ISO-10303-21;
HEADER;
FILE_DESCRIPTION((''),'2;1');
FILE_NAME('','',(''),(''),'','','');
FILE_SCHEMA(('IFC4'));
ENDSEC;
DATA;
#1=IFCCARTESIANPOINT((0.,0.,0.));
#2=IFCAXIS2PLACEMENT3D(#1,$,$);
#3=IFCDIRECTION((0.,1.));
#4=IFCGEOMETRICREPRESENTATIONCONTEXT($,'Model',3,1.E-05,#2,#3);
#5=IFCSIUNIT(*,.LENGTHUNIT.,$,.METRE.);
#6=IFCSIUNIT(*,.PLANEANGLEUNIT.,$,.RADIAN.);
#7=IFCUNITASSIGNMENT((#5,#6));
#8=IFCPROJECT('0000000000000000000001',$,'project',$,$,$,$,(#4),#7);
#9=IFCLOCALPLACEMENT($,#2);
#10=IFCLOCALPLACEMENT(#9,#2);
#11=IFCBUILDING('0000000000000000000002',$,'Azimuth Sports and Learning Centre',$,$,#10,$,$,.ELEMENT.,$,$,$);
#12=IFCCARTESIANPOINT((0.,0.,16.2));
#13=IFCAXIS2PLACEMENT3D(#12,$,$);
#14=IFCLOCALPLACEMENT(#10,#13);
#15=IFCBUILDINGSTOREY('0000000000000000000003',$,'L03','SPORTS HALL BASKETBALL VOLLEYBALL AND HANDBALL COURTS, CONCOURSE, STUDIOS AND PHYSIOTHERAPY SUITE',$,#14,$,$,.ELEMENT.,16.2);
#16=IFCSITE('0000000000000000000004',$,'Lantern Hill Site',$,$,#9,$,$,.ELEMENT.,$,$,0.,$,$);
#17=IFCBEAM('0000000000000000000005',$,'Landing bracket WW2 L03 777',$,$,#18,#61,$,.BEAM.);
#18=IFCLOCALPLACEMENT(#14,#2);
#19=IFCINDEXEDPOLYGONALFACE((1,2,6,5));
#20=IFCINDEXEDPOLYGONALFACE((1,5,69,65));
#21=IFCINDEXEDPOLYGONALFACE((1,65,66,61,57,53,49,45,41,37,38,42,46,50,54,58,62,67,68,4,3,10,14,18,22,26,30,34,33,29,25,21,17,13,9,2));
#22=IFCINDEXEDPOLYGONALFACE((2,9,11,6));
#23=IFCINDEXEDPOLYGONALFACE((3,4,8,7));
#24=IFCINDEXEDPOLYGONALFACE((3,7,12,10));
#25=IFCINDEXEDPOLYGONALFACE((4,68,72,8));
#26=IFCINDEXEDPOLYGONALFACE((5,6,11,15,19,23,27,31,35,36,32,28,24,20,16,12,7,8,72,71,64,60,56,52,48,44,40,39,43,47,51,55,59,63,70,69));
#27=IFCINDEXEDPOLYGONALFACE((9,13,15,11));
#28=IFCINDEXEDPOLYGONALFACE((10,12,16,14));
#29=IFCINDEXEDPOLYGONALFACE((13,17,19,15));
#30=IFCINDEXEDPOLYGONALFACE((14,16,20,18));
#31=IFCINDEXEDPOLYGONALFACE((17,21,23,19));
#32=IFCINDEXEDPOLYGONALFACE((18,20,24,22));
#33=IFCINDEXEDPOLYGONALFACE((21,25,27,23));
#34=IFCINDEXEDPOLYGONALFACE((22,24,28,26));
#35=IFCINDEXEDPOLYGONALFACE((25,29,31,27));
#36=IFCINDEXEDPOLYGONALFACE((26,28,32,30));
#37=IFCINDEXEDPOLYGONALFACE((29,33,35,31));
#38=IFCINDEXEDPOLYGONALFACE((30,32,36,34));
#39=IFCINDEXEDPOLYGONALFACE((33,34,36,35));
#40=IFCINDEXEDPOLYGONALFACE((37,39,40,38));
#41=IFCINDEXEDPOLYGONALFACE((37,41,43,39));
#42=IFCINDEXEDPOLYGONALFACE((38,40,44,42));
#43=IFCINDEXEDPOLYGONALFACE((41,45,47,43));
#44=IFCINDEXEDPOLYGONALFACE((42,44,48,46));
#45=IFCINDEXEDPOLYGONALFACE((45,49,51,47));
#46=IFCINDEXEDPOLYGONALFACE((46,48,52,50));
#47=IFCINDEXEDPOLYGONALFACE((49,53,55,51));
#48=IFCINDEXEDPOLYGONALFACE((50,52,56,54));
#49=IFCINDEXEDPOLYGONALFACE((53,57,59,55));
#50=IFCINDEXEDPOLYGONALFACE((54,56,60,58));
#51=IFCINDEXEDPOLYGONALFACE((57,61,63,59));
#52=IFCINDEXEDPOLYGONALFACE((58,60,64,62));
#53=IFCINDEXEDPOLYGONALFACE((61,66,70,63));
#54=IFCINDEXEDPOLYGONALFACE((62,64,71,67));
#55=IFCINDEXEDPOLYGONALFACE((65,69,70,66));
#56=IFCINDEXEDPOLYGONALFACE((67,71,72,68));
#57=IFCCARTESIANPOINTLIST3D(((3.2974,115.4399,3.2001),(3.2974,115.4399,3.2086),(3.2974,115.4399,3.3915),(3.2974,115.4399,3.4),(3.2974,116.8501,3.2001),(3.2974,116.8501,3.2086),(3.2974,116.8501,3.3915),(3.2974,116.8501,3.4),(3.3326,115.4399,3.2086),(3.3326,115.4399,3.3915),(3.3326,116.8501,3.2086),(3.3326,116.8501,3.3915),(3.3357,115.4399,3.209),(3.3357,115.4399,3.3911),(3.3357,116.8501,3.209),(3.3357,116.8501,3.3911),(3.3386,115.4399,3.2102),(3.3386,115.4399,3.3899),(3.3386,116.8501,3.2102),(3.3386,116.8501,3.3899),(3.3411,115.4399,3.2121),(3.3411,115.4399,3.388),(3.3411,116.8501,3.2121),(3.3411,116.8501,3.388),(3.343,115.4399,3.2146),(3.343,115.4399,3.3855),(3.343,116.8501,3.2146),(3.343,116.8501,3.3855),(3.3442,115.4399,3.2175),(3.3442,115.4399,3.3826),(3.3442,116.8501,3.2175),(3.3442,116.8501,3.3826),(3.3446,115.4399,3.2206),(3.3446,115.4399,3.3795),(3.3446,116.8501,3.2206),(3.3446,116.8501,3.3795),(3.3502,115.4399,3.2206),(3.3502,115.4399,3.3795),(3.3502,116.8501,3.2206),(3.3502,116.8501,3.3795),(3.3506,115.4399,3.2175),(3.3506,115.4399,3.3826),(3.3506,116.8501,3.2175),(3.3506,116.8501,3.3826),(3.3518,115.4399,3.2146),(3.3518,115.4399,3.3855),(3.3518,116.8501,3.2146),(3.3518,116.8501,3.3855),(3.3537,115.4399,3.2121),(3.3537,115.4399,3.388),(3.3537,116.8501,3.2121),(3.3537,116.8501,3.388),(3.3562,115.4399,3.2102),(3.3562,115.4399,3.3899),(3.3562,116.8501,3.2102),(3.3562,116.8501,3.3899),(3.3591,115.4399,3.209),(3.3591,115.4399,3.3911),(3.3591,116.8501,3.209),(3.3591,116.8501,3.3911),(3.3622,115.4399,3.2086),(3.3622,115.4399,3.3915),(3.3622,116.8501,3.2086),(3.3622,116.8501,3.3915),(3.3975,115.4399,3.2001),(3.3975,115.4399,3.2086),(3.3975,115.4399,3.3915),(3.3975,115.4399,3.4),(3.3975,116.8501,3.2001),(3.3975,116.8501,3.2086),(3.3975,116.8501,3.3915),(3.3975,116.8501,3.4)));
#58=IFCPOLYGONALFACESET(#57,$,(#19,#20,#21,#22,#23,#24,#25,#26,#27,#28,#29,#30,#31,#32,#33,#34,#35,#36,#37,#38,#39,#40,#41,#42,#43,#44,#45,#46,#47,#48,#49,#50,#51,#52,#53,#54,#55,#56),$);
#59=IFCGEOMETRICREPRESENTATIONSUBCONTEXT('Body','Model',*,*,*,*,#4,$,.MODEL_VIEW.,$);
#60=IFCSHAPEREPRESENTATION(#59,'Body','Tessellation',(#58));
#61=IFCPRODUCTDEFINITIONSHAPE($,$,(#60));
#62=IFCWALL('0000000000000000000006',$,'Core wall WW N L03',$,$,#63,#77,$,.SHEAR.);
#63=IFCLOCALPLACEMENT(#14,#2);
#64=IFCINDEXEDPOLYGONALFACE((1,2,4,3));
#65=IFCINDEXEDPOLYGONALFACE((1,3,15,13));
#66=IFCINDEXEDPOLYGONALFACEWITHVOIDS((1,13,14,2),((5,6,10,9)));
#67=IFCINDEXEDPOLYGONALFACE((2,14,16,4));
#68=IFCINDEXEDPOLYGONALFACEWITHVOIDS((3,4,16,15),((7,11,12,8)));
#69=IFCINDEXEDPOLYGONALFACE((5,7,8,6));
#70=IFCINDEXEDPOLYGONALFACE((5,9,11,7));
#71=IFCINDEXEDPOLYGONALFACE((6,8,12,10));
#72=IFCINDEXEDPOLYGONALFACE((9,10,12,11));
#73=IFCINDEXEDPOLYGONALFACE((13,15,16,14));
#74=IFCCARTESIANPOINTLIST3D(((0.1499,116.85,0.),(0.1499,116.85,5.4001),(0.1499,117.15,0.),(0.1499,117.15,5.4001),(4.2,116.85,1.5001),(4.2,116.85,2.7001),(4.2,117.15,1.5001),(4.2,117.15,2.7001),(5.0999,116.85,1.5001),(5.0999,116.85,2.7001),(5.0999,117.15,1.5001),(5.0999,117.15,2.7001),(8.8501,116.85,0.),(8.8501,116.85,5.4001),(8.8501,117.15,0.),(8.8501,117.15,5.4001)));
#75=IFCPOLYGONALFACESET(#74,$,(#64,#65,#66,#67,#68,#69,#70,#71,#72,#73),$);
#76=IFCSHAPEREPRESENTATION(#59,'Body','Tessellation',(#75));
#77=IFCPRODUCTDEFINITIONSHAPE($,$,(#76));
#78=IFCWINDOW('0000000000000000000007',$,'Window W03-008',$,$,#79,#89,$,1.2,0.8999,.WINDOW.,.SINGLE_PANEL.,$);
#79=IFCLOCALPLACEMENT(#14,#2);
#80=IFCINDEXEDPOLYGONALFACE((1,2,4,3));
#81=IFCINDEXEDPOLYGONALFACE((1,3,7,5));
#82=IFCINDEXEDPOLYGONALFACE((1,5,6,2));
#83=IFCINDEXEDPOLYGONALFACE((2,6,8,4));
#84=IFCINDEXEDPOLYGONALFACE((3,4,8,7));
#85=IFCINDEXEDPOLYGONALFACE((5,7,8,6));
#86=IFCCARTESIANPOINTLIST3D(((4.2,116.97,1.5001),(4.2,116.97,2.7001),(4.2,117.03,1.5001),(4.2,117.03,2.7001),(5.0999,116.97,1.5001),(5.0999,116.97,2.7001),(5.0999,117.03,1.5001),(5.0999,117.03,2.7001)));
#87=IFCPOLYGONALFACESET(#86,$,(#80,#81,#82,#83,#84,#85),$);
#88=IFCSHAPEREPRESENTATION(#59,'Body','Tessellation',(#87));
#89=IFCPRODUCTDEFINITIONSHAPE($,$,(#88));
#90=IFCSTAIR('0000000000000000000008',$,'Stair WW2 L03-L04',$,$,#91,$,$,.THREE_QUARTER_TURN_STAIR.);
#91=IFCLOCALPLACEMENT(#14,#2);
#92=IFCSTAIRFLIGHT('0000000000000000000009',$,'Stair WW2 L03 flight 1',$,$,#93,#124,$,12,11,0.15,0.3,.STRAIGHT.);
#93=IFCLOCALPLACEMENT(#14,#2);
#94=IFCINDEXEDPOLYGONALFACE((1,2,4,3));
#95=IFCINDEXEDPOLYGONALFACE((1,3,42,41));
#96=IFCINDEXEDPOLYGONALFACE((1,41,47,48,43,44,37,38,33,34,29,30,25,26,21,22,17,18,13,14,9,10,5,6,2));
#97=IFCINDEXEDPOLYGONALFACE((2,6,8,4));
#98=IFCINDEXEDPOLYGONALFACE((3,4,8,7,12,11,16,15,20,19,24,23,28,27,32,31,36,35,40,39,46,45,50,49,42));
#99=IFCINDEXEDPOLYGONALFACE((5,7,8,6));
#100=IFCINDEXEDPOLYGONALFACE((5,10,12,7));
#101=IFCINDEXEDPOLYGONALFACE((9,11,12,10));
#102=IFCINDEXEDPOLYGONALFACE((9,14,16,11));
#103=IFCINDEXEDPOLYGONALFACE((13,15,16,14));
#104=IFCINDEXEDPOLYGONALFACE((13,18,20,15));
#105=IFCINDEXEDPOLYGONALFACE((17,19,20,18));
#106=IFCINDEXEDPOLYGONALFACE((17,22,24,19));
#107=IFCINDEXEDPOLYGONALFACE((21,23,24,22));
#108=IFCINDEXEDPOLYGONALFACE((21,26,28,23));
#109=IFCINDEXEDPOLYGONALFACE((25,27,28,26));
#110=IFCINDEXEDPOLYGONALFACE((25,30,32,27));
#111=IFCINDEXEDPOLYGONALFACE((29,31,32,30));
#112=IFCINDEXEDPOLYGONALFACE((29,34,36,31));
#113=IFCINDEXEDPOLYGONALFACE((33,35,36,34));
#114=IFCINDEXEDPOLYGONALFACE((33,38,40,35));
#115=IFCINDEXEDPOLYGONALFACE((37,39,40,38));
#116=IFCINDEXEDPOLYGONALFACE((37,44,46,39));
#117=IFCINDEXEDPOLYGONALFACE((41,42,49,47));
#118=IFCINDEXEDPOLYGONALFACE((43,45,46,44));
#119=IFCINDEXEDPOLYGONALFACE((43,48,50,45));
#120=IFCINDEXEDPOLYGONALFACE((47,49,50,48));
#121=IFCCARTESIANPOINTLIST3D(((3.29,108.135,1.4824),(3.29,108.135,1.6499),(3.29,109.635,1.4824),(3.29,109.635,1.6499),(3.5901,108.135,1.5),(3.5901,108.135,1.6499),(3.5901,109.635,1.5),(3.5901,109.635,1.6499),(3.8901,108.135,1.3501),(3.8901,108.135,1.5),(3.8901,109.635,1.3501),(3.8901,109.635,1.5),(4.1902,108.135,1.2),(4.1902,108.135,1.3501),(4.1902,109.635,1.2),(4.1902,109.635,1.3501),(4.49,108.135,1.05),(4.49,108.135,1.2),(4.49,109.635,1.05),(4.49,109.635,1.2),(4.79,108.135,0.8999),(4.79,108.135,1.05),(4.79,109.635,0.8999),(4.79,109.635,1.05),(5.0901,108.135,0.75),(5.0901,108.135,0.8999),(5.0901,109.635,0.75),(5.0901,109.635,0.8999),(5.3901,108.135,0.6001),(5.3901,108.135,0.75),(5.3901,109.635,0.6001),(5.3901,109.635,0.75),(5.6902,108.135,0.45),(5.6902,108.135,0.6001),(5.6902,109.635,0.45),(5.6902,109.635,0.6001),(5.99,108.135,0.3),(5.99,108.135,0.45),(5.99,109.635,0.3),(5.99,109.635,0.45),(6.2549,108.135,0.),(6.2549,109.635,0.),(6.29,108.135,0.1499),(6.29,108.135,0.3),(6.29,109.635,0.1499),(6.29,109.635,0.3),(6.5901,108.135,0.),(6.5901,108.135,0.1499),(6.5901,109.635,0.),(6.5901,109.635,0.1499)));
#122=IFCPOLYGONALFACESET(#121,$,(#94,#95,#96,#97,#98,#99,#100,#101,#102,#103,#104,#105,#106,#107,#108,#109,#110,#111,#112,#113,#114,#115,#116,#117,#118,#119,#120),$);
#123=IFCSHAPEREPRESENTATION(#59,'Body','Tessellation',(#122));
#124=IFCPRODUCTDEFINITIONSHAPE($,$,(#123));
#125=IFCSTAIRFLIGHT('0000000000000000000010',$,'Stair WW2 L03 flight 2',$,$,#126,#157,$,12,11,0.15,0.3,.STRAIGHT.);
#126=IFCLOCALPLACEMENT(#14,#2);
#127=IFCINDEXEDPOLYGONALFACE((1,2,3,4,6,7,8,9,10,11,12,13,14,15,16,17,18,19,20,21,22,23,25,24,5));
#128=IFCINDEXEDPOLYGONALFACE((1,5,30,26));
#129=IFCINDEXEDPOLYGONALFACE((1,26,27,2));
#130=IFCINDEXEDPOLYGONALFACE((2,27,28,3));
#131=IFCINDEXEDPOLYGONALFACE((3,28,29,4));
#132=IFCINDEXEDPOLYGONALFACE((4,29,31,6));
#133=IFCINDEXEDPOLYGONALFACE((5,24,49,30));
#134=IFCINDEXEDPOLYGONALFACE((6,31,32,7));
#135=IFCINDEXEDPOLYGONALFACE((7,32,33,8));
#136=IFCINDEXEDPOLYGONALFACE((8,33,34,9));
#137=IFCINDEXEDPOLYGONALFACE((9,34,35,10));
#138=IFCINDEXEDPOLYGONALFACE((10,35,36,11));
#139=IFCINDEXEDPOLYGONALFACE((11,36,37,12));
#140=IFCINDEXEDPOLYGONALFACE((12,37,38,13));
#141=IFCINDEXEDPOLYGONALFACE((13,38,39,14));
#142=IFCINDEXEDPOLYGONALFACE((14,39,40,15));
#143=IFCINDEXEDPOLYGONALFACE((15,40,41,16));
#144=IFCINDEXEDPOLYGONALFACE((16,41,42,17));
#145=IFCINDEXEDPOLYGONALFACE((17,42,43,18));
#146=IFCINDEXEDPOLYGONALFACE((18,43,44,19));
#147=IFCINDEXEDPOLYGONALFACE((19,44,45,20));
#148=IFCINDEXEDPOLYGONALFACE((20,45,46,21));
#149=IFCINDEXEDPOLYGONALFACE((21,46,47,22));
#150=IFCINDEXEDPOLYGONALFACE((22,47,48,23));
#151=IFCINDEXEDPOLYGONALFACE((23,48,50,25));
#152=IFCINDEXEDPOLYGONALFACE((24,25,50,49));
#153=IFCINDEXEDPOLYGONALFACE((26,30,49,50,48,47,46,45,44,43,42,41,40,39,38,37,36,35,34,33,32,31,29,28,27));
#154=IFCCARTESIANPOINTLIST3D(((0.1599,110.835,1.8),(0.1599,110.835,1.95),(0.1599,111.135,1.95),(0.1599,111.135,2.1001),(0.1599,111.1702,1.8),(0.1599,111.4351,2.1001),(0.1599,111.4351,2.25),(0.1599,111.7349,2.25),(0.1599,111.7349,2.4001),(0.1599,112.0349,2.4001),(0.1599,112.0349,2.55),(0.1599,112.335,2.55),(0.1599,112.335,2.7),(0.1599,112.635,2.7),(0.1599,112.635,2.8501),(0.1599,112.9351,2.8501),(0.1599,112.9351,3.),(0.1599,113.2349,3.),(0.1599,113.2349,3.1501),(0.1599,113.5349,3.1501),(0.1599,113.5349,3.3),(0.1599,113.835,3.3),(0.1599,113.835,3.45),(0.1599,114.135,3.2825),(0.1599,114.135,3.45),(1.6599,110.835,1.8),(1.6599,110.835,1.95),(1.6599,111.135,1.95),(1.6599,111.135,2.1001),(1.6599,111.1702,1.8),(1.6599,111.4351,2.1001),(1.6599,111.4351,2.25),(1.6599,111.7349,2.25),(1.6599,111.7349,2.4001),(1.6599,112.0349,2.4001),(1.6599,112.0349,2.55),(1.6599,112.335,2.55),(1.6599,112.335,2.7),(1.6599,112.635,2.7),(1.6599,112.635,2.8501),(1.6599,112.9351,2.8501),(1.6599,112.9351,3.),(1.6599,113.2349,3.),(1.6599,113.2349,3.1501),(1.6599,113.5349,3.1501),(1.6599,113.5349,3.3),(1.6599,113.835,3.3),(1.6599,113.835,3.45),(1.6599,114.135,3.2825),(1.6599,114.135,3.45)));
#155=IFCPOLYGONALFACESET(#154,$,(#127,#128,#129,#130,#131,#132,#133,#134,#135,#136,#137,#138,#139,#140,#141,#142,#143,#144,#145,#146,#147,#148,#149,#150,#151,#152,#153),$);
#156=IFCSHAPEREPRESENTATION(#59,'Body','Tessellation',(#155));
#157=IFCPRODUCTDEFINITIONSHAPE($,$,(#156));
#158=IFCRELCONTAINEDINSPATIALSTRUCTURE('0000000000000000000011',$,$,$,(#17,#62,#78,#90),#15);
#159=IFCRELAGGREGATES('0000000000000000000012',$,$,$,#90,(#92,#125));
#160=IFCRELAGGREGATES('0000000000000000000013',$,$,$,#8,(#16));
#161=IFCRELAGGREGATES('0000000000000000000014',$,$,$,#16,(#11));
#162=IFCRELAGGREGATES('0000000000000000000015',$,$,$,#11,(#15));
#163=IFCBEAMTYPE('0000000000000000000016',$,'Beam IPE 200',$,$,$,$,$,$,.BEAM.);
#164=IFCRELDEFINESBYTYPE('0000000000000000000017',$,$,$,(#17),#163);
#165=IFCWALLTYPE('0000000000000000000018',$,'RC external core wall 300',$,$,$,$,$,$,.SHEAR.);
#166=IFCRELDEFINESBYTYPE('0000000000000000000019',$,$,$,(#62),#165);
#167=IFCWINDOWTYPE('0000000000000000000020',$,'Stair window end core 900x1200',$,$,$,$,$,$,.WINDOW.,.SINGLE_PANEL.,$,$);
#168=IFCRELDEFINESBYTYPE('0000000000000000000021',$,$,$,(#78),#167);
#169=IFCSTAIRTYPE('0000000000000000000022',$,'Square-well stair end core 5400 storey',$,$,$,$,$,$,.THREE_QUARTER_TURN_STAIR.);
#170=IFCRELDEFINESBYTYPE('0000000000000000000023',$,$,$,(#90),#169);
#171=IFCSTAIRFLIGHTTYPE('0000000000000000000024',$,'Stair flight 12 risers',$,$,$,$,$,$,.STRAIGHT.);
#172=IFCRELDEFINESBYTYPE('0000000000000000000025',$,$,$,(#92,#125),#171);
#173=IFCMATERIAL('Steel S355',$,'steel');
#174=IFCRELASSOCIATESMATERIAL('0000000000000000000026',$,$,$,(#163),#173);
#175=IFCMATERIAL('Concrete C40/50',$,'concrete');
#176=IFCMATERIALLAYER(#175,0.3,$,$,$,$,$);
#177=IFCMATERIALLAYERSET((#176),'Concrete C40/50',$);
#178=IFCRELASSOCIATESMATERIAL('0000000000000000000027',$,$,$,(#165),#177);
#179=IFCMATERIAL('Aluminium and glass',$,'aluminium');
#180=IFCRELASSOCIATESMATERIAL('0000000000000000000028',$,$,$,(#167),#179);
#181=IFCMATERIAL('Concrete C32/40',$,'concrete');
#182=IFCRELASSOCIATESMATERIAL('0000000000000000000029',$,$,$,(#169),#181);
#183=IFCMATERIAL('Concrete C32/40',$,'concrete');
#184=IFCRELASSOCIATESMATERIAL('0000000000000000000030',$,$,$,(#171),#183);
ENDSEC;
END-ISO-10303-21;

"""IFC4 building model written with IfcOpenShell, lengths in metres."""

from ifc_helpers import new_model, si_unit, direction, frame, frame_2d, origin, origin_2d, place, context, subcontext, project, spatial, polyline, rectangle, i_section, outline, extrude, material, layer, layer_set, material_profile, profile_set, type_object, element, fill, aggregate, save


model = new_model("IFC4")

# Units and contexts
model_context = context("Model", 3, precision=1e-05, world=origin(), true_north=direction((0.0, 1.0)))
body_context = subcontext(model_context, "Body", "Model", "MODEL_VIEW")
ifc_project = project(units=[si_unit("LENGTHUNIT", "METRE"), si_unit("PLANEANGLEUNIT", "RADIAN")], contexts=[model_context])

# Site, building, storey
site_placement = place(None, origin())
site = spatial("IfcSite", under=ifc_project, at=site_placement, Name="Lantern Hill Site", CompositionType="ELEMENT", RefElevation=0.0)
building_placement = place(site_placement, origin())
building = spatial("IfcBuilding", under=site, at=building_placement, Name="Azimuth Sports and Learning Centre", CompositionType="ELEMENT")
storey_placement = place(building_placement, frame((0.0, 0.0, 16.2)))
storey = spatial("IfcBuildingStorey", under=building, at=storey_placement, Name="L03", Description="SPORTS HALL BASKETBALL VOLLEYBALL AND HANDBALL COURTS, CONCOURSE, STUDIOS AND PHYSIOTHERAPY SUITE", CompositionType="ELEMENT", Elevation=16.2)

# Beam
ifc_material_1 = material(Name="Steel S355", Category="steel")
ifc_material_profile = material_profile(ifc_material_1, i_section(OverallWidth=0.1001, OverallDepth=0.2, WebThickness=0.0056, FlangeThickness=0.0085, FilletRadius=0.012, at=origin_2d()), Name="IPE 200")
ifc_profile_set = profile_set([ifc_material_profile], Name="Steel S355")
beam_type = type_object("IfcBeamType", Name="Beam IPE 200", PredefinedType="BEAM", material=ifc_profile_set)
for number, where, z_axis, x_axis, name in (
    (1, (3.3474, 116.8501, 3.3), (0.0, -1.0, 0.0), (1.0, 0.0, 0.0), "Landing bracket WW2 L03 777"),
):
    element("IfcBeam", number, at=place(storey_placement, frame(where, z_axis=z_axis, x_axis=x_axis)), inside=storey, type_object=beam_type, Name=name, PredefinedType="BEAM", context=body_context, shape_type="SweptSolid", body=[
        extrude(i_section(OverallWidth=0.1001, OverallDepth=0.2, WebThickness=0.0056, FlangeThickness=0.0085, FilletRadius=0.012, at=origin_2d()), origin(), (0.0, 0.0, 1.0), 1.4102),
    ])

# Wall, opening, window
ifc_material_2 = material(Name="Concrete C40/50", Category="concrete")
ifc_layer_1 = layer(ifc_material_2, 0.3)
ifc_layer_set_1 = layer_set([ifc_layer_1], Name="Concrete C40/50")
wall_type = type_object("IfcWallType", Name="RC external core wall 300", PredefinedType="SHEAR", material=ifc_layer_set_1)
wall_placement = place(storey_placement, frame((0.1499, 117.0, 0.0), z_axis=(0.0, 0.0, 1.0), x_axis=(1.0, 0.0, 0.0)))
wall = element("IfcWall", 2, at=wall_placement, inside=storey, type_object=wall_type, Name="Core wall WW N L03", PredefinedType="SHEAR", context=body_context, shape_type="SweptSolid", body=[
    extrude(rectangle(XDim=8.7002, YDim=0.3, at=frame_2d((4.3501, 0.0))), origin(), (0.0, 0.0, 1.0), 5.4001),
])
opening_placement = place(wall_placement, frame((4.05, 0.0, 1.5)))
opening = element("IfcOpeningElement", 3, at=opening_placement, cuts=wall, PredefinedType="OPENING", context=body_context, shape_type="SweptSolid", body=[
    extrude(rectangle(XDim=0.8999, YDim=1.2, at=frame_2d((0.45, 0.6001))), frame((0.0, 0.1611, 0.0), z_axis=(0.0, -1.0, 0.0), x_axis=(1.0, 0.0, 0.0)), (0.0, 0.0, 1.0), 0.322),
])
ifc_material_3 = material(Name="Aluminium and glass", Category="aluminium")
window_type = type_object("IfcWindowType", Name="Stair window end core 900x1200", PartitioningType="SINGLE_PANEL", PredefinedType="WINDOW", material=ifc_material_3)
window_placement = place(opening_placement, origin())
window = element("IfcWindow", 4, at=window_placement, inside=storey, type_object=window_type, Name="Window W03-008", OverallHeight=1.2, OverallWidth=0.8999, PartitioningType="SINGLE_PANEL", PredefinedType="WINDOW", context=body_context, shape_type="SweptSolid", body=[
    extrude(rectangle(XDim=0.8999, YDim=1.2, at=frame_2d((0.45, 0.6001))), frame((0.0, 0.03, 0.0), z_axis=(0.0, -1.0, 0.0), x_axis=(1.0, 0.0, 0.0)), (0.0, 0.0, 1.0), 0.0601),
])
fill(opening, window)

# Stair, stair flights
ifc_material_4 = material(Name="Concrete C32/40", Category="concrete")
stair_type = type_object("IfcStairType", Name="Square-well stair end core 5400 storey", PredefinedType="THREE_QUARTER_TURN_STAIR", material=ifc_material_4)
stair_placement = place(storey_placement, origin())
stair = element("IfcStair", 5, at=stair_placement, inside=storey, type_object=stair_type, Name="Stair WW2 L03-L04", PredefinedType="THREE_QUARTER_TURN_STAIR")
ifc_material_5 = material(Name="Concrete C32/40", Category="concrete")
stair_flight_type = type_object("IfcStairFlightType", Name="Stair flight 12 risers", PredefinedType="STRAIGHT", material=ifc_material_5)
stair_flight_1_placement = place(storey_placement, frame((6.5901, 108.885, 0.0), z_axis=(0.0, 0.0, 1.0), x_axis=(-1.0, 0.0, 0.0)))
stair_flight_1 = element("IfcStairFlight", 6, at=stair_flight_1_placement, type_object=stair_flight_type, Name="Stair WW2 L03 flight 1", NumberOfRisers=12, NumberOfTreads=11, PredefinedType="STRAIGHT", RiserHeight=0.15, TreadLength=0.3, context=body_context, shape_type="SweptSolid", body=[
    extrude(outline(polyline([(0.0, 0.0), (0.0, 0.1499), (0.3, 0.1499), (0.3, 0.3), (0.6001, 0.3), (0.6001, 0.45), (0.8999, 0.45), (0.8999, 0.6001), (1.2, 0.6001), (1.2, 0.75), (1.5, 0.75), (1.5, 0.8999), (1.8, 0.8999), (1.8, 1.05), (2.1001, 1.05), (2.1001, 1.2), (2.3999, 1.2), (2.3999, 1.3501), (2.7, 1.3501), (2.7, 1.5), (3.0, 1.5), (3.0, 1.6499), (3.3, 1.6499), (3.3, 1.8), (3.3, 1.4824), (0.3352, 0.0), (0.0, 0.0)])), frame((0.0, 0.75, 0.0), z_axis=(0.0, -1.0, 0.0), x_axis=(1.0, 0.0, 0.0)), (0.0, 0.0, 1.0), 1.5),
])
stair_flight_2_placement = place(storey_placement, frame((0.9099, 110.835, 1.8), z_axis=(0.0, 0.0, 1.0), x_axis=(0.0, 1.0, 0.0)))
stair_flight_2 = element("IfcStairFlight", 7, at=stair_flight_2_placement, type_object=stair_flight_type, Name="Stair WW2 L03 flight 2", NumberOfRisers=12, NumberOfTreads=11, PredefinedType="STRAIGHT", RiserHeight=0.15, TreadLength=0.3, context=body_context, shape_type="SweptSolid", body=[
    extrude(outline(polyline([(0.0, 0.0), (0.0, 0.1499), (0.3, 0.1499), (0.3, 0.3), (0.6001, 0.3), (0.6001, 0.45), (0.8999, 0.45), (0.8999, 0.6001), (1.2, 0.6001), (1.2, 0.75), (1.5, 0.75), (1.5, 0.8999), (1.8, 0.8999), (1.8, 1.05), (2.1001, 1.05), (2.1001, 1.2), (2.3999, 1.2), (2.3999, 1.3501), (2.7, 1.3501), (2.7, 1.5), (3.0, 1.5), (3.0, 1.6499), (3.3, 1.6499), (3.3, 1.8), (3.3, 1.4824), (0.3352, 0.0), (0.0, 0.0)])), frame((0.0, 0.75, 0.0), z_axis=(0.0, -1.0, 0.0), x_axis=(1.0, 0.0, 0.0)), (0.0, 0.0, 1.0), 1.5),
])
aggregate(stair, [stair_flight_1, stair_flight_2])

save(model, "model.ifc")
